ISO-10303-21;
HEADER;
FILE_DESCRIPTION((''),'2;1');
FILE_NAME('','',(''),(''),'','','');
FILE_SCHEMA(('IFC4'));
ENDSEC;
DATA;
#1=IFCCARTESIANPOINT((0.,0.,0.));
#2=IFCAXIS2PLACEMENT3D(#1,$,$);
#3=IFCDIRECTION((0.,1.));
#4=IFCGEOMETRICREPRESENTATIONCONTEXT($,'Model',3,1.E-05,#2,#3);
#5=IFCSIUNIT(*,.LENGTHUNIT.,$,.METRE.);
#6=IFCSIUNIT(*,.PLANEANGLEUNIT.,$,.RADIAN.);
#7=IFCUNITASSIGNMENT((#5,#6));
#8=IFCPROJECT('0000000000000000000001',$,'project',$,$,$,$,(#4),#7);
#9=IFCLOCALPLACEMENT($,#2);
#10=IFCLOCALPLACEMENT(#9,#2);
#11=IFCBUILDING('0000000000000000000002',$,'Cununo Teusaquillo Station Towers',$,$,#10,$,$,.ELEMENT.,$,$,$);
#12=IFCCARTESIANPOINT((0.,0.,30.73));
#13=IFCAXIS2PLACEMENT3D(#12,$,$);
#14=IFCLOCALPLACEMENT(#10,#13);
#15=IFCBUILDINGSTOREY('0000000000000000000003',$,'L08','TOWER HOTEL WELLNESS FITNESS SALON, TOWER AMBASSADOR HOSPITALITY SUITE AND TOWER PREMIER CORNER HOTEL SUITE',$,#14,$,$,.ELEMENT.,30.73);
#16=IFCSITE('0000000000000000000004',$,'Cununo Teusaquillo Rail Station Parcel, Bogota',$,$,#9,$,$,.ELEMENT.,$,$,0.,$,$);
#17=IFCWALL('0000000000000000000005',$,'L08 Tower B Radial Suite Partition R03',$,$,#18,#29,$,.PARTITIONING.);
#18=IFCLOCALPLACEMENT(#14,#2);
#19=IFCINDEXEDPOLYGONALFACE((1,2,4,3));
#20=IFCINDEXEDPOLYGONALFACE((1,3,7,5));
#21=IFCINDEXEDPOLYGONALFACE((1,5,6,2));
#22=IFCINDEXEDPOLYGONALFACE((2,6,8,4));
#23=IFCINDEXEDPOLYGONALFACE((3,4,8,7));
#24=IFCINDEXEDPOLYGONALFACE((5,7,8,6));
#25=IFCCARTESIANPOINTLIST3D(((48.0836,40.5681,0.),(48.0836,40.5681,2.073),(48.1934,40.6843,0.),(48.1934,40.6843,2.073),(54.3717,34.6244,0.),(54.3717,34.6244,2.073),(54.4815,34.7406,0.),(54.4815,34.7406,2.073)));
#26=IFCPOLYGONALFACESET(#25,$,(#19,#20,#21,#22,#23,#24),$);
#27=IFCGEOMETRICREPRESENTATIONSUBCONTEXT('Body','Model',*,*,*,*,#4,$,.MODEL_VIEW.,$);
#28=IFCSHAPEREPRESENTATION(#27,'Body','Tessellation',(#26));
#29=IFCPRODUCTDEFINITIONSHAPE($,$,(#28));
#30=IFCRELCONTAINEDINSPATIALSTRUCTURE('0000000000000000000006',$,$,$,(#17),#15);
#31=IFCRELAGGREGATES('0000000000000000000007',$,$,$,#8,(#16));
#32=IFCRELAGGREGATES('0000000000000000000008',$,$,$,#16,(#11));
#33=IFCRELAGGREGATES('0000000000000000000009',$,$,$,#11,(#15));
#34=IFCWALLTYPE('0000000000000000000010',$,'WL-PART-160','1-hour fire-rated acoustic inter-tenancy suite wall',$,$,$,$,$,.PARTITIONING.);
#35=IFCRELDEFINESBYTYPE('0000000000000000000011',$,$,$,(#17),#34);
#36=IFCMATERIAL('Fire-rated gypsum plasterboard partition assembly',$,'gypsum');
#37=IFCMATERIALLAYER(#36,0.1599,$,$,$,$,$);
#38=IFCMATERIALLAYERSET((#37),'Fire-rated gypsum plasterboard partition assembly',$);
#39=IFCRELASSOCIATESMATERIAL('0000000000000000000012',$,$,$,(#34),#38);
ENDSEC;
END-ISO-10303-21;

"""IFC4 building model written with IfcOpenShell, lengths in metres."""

from ifc_helpers import new_model, si_unit, direction, frame, frame_2d, origin, place, context, subcontext, project, spatial, rectangle, extrude, material, layer, layer_set, type_object, element, save


model = new_model("IFC4")

# Units and contexts
model_context = context("Model", 3, precision=1e-05, world=origin(), true_north=direction((0.0, 1.0)))
body_context = subcontext(model_context, "Body", "Model", "MODEL_VIEW")
ifc_project = project(units=[si_unit("LENGTHUNIT", "METRE"), si_unit("PLANEANGLEUNIT", "RADIAN")], contexts=[model_context])

# Site, building, storey
site_placement = place(None, origin())
site = spatial("IfcSite", under=ifc_project, at=site_placement, Name="Cununo Teusaquillo Rail Station Parcel, Bogota", CompositionType="ELEMENT", RefElevation=0.0)
building_placement = place(site_placement, origin())
building = spatial("IfcBuilding", under=site, at=building_placement, Name="Cununo Teusaquillo Station Towers", CompositionType="ELEMENT")
storey_placement = place(building_placement, frame((0.0, 0.0, 30.73)))
storey = spatial("IfcBuildingStorey", under=building, at=storey_placement, Name="L08", Description="TOWER HOTEL WELLNESS FITNESS SALON, TOWER AMBASSADOR HOSPITALITY SUITE AND TOWER PREMIER CORNER HOTEL SUITE", CompositionType="ELEMENT", Elevation=30.73)

# Wall
ifc_material_1 = material(Name="Fire-rated gypsum plasterboard partition assembly", Category="gypsum")
ifc_layer_1 = layer(ifc_material_1, 0.1599)
ifc_layer_set_1 = layer_set([ifc_layer_1], Name="Fire-rated gypsum plasterboard partition assembly")
wall_type_1 = type_object("IfcWallType", Name="WL-PART-160", Description="1-hour fire-rated acoustic inter-tenancy suite wall", PredefinedType="PARTITIONING", material=ifc_layer_set_1)
wall_1_placement = place(storey_placement, frame((54.4265, 34.6826, 0.0), z_axis=(0.0, 0.0, 1.0), x_axis=(-0.726733, 0.68692, 0.0)))
element("IfcWall", 1, at=wall_1_placement, inside=storey, type_object=wall_type_1, Name="L08 Tower B Radial Suite Partition R03", PredefinedType="PARTITIONING", context=body_context, shape_type="SweptSolid", body=[
    extrude(rectangle(XDim=8.6526, YDim=0.1599, at=frame_2d((4.3262, 0.0))), origin(), (0.0, 0.0, 1.0), 2.073),
])

save(model, "model.ifc")
